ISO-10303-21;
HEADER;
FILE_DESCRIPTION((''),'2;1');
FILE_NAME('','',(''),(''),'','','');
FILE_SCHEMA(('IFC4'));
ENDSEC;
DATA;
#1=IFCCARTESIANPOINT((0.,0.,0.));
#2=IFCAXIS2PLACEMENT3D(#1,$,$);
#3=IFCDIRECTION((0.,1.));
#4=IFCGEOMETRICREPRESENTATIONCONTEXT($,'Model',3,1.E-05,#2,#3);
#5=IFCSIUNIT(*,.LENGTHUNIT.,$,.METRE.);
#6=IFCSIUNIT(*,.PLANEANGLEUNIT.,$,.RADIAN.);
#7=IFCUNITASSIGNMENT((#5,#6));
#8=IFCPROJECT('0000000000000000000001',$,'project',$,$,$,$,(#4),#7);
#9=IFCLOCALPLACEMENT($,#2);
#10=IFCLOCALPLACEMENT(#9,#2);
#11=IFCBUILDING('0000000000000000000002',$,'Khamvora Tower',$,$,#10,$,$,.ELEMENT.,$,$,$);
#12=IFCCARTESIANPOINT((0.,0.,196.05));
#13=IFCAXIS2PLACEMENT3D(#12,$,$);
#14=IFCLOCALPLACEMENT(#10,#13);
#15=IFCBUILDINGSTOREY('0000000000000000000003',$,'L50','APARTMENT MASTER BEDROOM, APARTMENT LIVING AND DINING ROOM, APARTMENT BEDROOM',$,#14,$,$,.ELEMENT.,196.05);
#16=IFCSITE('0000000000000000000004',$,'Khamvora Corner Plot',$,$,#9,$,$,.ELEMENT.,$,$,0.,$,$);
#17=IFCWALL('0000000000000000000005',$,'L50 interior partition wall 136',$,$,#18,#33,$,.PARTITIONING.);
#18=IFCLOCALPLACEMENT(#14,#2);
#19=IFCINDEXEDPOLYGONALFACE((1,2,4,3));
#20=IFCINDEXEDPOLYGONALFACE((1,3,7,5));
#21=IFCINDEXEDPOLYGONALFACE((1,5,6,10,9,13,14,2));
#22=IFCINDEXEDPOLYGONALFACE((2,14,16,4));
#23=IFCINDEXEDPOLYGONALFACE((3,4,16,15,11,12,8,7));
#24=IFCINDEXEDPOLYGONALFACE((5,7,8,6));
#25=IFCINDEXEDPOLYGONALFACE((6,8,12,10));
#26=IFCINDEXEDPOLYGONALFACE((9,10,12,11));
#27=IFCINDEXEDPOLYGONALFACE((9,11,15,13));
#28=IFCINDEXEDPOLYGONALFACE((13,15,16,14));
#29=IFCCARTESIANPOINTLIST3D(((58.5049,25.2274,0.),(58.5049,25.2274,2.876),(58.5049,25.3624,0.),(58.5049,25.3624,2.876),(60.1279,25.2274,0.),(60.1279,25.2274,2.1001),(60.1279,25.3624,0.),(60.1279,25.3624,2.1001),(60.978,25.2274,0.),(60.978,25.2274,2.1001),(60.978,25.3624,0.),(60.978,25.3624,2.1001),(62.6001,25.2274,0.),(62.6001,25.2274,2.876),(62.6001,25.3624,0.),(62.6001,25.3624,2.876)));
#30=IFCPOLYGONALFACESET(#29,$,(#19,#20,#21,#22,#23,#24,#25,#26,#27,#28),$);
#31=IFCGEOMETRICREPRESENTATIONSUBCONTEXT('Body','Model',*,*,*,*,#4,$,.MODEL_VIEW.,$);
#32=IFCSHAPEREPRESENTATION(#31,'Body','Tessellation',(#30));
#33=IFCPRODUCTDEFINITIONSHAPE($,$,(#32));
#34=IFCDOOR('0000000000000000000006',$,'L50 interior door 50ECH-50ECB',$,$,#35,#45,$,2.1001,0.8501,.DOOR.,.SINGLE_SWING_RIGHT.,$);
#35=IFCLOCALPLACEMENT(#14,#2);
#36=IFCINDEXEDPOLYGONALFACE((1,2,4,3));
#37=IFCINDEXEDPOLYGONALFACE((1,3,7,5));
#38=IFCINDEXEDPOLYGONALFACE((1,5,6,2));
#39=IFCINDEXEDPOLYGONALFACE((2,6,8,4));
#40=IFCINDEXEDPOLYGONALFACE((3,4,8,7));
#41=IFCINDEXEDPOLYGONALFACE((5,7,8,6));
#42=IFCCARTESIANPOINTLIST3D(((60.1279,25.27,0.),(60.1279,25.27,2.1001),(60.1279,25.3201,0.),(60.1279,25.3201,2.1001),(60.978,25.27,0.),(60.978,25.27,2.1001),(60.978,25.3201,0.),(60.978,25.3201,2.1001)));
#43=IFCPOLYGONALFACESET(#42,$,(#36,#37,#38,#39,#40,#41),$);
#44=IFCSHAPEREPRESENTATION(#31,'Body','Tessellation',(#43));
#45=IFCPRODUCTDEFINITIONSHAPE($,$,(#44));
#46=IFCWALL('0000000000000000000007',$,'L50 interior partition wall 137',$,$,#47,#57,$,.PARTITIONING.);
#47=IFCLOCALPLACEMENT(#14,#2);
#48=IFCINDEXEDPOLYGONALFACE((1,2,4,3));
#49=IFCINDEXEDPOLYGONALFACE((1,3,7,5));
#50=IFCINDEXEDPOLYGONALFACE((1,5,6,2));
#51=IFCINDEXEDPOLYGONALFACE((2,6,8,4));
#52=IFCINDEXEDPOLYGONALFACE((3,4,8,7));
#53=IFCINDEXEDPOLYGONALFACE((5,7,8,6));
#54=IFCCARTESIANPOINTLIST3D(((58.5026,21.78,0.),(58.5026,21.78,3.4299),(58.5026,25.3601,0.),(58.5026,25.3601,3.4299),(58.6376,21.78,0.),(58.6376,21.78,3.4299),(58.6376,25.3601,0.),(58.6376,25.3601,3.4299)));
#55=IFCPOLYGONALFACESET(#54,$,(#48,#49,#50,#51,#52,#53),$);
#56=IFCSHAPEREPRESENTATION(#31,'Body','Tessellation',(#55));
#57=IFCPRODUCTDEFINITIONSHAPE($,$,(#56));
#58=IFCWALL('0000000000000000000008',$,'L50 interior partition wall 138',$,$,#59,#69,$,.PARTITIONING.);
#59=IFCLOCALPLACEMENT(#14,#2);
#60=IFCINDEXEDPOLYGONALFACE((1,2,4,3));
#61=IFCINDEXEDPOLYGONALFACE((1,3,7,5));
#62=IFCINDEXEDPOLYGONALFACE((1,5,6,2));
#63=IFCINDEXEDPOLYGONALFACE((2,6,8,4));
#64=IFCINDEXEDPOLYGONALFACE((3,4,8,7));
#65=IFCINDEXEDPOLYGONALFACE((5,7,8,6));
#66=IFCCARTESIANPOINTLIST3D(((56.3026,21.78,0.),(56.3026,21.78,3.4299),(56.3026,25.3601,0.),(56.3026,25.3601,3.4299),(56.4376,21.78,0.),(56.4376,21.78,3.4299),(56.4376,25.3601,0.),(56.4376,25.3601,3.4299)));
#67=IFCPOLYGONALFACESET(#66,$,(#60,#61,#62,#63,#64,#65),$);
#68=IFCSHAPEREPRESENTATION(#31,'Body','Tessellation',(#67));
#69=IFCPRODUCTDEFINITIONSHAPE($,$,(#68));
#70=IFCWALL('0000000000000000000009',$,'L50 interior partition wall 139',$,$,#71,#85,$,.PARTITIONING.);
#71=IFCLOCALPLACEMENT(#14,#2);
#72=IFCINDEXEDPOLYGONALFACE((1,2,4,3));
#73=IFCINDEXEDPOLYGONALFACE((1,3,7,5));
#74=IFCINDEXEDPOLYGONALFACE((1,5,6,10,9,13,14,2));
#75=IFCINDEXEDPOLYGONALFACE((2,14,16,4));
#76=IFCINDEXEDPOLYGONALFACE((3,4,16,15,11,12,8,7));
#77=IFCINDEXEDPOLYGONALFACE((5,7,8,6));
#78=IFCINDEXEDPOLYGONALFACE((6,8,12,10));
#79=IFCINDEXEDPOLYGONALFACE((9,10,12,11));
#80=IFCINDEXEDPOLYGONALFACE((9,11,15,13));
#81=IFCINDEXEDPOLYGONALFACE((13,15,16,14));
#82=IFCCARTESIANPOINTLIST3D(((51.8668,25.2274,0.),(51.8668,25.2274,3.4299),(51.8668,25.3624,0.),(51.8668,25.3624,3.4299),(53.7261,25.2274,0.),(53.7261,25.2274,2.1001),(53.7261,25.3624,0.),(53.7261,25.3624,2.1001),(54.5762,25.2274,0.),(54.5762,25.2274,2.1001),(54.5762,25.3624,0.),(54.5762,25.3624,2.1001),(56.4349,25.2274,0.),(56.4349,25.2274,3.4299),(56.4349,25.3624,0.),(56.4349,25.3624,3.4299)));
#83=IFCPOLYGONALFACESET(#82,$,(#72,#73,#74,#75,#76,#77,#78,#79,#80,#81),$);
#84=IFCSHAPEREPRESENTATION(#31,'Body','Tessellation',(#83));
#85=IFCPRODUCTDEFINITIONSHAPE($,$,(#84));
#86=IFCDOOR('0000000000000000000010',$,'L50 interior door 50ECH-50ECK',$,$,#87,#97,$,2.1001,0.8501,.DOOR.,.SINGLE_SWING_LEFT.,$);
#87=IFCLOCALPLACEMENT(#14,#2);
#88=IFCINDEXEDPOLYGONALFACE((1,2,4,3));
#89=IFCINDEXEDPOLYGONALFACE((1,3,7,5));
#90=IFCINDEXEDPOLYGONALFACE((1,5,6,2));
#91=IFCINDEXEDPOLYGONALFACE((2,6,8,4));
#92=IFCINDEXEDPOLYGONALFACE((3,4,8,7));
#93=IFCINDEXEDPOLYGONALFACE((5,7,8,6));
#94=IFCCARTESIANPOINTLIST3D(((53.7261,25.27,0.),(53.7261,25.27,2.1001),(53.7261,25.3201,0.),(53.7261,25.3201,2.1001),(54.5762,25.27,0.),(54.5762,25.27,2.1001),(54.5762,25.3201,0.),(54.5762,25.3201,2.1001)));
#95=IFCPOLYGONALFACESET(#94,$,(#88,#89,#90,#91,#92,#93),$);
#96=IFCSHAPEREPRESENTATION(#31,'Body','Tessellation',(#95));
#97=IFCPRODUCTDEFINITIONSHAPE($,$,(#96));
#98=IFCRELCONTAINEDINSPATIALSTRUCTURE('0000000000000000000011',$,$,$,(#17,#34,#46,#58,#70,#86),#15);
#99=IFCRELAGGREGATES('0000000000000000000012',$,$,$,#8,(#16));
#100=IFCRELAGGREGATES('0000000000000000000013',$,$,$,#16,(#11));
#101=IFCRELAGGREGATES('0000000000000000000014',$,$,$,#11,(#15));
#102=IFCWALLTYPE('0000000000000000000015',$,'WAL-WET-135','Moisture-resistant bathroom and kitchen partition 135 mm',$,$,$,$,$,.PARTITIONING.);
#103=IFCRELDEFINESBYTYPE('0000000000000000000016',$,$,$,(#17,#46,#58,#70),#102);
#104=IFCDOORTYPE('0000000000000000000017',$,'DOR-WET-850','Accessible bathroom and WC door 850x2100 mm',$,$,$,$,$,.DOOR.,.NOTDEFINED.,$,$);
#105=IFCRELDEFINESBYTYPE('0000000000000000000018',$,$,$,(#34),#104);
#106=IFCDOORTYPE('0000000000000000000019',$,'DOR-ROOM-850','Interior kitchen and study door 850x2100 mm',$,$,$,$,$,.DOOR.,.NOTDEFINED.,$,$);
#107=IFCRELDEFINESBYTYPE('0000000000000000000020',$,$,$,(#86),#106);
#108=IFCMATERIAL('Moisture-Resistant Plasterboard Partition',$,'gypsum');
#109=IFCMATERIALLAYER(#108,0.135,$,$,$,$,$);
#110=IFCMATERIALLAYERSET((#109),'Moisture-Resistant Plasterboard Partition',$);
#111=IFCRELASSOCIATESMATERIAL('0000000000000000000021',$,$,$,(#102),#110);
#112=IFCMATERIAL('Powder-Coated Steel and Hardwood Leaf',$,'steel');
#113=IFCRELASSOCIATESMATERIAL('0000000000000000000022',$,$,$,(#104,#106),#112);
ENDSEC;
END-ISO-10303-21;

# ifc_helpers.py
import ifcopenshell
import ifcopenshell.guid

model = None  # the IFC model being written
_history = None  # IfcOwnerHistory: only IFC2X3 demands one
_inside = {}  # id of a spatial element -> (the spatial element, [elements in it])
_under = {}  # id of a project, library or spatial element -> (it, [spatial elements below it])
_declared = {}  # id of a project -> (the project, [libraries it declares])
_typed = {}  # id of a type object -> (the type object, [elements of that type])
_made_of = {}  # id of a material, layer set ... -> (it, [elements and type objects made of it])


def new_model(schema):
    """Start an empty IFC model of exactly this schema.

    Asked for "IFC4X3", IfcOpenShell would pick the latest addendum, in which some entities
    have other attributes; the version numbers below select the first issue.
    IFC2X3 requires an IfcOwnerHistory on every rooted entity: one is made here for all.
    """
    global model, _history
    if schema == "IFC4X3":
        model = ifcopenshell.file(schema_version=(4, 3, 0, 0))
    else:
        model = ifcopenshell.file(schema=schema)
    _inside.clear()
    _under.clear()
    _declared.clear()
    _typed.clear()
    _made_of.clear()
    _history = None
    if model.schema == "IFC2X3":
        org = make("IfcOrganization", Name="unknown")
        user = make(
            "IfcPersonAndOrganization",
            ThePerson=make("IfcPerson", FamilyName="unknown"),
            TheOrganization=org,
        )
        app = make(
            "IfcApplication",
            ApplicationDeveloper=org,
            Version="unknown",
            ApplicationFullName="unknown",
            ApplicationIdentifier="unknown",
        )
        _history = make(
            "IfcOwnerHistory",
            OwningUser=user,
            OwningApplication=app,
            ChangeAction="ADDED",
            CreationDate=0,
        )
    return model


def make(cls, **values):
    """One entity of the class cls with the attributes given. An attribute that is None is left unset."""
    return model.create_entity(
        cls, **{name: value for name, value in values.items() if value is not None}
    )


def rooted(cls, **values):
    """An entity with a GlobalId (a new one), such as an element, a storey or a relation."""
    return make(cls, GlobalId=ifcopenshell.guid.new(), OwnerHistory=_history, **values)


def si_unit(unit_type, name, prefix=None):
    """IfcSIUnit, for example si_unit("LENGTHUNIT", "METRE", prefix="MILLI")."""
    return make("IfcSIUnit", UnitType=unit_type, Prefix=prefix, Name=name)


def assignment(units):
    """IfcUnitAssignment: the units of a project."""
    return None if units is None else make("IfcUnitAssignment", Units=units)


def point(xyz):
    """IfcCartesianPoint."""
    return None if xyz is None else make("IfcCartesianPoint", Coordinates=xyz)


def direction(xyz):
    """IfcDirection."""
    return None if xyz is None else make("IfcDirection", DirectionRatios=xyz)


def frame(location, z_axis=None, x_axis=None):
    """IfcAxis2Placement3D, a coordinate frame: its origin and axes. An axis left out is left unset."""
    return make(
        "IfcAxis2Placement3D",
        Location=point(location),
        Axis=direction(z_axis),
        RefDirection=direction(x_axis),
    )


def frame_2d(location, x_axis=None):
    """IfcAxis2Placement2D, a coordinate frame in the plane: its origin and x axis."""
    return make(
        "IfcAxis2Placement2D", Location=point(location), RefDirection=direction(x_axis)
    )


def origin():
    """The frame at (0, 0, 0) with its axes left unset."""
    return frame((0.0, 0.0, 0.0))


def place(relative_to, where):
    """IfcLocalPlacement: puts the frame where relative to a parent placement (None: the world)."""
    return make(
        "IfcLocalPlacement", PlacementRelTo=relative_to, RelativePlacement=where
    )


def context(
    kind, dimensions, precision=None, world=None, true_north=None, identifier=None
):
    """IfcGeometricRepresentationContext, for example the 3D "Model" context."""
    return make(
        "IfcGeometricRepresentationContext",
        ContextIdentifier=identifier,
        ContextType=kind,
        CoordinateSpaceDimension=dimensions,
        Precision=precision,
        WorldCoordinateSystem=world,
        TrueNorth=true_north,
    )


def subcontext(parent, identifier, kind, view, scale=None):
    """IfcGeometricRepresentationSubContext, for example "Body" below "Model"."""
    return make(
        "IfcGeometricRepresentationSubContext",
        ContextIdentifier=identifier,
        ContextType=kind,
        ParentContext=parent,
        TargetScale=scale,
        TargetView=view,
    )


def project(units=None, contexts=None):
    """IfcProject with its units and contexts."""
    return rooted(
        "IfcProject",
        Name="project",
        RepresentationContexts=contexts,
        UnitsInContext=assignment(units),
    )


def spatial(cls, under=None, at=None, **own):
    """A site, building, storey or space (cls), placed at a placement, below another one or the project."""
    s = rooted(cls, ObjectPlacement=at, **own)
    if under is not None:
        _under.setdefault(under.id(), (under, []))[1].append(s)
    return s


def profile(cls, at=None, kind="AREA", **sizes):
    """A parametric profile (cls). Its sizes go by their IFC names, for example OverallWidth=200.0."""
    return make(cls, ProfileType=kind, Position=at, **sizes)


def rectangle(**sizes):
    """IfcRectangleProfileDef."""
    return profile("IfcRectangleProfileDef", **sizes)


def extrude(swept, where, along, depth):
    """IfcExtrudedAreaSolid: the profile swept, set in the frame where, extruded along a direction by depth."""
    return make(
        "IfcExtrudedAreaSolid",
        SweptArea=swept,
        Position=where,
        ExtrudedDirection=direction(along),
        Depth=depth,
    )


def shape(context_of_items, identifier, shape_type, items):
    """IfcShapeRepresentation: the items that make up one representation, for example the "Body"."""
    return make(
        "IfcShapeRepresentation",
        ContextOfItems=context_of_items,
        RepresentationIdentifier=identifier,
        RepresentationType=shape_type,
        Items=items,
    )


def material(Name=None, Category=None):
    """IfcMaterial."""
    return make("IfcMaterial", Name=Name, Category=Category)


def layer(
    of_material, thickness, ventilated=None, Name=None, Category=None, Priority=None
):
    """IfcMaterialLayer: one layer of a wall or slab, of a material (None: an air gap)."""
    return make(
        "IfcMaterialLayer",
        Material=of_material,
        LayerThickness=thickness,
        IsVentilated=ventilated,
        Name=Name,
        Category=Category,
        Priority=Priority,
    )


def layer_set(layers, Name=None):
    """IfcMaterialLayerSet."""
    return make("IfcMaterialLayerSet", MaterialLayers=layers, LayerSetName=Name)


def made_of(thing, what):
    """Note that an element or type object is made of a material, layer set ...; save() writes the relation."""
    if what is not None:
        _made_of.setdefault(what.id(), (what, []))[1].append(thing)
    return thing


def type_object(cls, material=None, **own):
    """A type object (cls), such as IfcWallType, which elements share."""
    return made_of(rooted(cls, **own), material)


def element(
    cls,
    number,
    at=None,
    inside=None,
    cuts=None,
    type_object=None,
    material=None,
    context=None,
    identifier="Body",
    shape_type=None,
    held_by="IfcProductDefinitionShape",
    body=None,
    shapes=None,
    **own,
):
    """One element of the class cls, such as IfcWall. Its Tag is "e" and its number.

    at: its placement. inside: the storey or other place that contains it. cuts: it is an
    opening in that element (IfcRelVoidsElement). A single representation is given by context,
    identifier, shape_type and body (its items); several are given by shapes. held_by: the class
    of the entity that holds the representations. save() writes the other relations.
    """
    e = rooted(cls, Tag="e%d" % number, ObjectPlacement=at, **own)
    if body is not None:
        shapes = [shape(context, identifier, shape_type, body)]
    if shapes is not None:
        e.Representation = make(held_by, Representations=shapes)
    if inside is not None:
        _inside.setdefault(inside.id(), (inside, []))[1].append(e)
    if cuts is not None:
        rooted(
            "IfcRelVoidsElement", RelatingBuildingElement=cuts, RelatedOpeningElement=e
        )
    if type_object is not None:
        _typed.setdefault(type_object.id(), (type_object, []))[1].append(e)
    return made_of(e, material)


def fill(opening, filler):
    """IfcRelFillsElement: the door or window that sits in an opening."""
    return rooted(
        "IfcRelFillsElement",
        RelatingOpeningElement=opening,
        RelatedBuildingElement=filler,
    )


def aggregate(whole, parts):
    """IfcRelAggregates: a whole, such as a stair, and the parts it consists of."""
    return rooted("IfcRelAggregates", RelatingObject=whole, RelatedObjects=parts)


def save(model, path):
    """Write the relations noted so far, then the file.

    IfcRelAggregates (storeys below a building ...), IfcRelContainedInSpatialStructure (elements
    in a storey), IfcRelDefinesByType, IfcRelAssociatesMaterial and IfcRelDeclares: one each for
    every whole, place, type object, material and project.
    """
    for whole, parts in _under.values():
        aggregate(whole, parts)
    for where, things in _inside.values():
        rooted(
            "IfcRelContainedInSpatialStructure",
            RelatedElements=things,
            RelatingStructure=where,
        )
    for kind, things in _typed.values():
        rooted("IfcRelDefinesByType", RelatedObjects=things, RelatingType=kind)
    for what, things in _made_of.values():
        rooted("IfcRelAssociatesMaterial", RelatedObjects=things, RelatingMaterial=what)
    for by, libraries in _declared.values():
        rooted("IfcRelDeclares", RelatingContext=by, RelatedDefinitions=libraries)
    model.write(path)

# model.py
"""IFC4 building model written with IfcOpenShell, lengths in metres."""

from ifc_helpers import new_model, si_unit, direction, frame, frame_2d, origin, place, context, subcontext, project, spatial, rectangle, extrude, material, layer, layer_set, type_object, element, fill, save


model = new_model("IFC4")

# Units and contexts
model_context = context("Model", 3, precision=1e-05, world=origin(), true_north=direction((0.0, 1.0)))
body_context = subcontext(model_context, "Body", "Model", "MODEL_VIEW")
ifc_project = project(units=[si_unit("LENGTHUNIT", "METRE"), si_unit("PLANEANGLEUNIT", "RADIAN")], contexts=[model_context])

# Site, building, storey
site_placement = place(None, origin())
site = spatial("IfcSite", under=ifc_project, at=site_placement, Name="Khamvora Corner Plot", CompositionType="ELEMENT", RefElevation=0.0)
building_placement = place(site_placement, origin())
building = spatial("IfcBuilding", under=site, at=building_placement, Name="Khamvora Tower", CompositionType="ELEMENT")
storey_placement = place(building_placement, frame((0.0, 0.0, 196.05)))
storey = spatial("IfcBuildingStorey", under=building, at=storey_placement, Name="L50", Description="APARTMENT MASTER BEDROOM, APARTMENT LIVING AND DINING ROOM, APARTMENT BEDROOM", CompositionType="ELEMENT", Elevation=196.05)

# Shared definitions
ifc_material_1 = material(Name="Powder-Coated Steel and Hardwood Leaf", Category="steel")

# Wall, opening, door
ifc_material_2 = material(Name="Moisture-Resistant Plasterboard Partition", Category="gypsum")
ifc_layer_1 = layer(ifc_material_2, 0.135)
ifc_layer_set_1 = layer_set([ifc_layer_1], Name="Moisture-Resistant Plasterboard Partition")
wall_type_1 = type_object("IfcWallType", Name="WAL-WET-135", Description="Moisture-resistant bathroom and kitchen partition 135 mm", PredefinedType="PARTITIONING", material=ifc_layer_set_1)
wall_1_placement = place(storey_placement, frame((62.6001, 25.2949, 0.0), z_axis=(0.0, 0.0, 1.0), x_axis=(-1.0, 0.0, 0.0)))
wall_1 = element("IfcWall", 1, at=wall_1_placement, inside=storey, type_object=wall_type_1, Name="L50 interior partition wall 136", PredefinedType="PARTITIONING", context=body_context, shape_type="SweptSolid", body=[
    extrude(rectangle(XDim=4.0952, YDim=0.135, at=frame_2d((2.0476, 0.0))), origin(), (0.0, 0.0, 1.0), 2.876),
])
opening_1_placement = place(wall_1_placement, frame((1.6221, 0.0, 0.0)))
opening_1 = element("IfcOpeningElement", 2, at=opening_1_placement, cuts=wall_1, PredefinedType="OPENING", context=body_context, shape_type="SweptSolid", body=[
    extrude(rectangle(XDim=0.8501, YDim=2.1001, at=frame_2d((0.425, 1.05))), frame((0.0, 0.0774, 0.0), z_axis=(0.0, -1.0, 0.0), x_axis=(1.0, 0.0, 0.0)), (0.0, 0.0, 1.0), 0.155),
])
door_type_1 = type_object("IfcDoorType", Name="DOR-WET-850", Description="Accessible bathroom and WC door 850x2100 mm", OperationType="NOTDEFINED", PredefinedType="DOOR", material=ifc_material_1)
door_1_placement = place(opening_1_placement, origin())
door_1 = element("IfcDoor", 3, at=door_1_placement, inside=storey, type_object=door_type_1, Name="L50 interior door 50ECH-50ECB", OperationType="SINGLE_SWING_RIGHT", OverallHeight=2.1001, OverallWidth=0.8501, PredefinedType="DOOR", context=body_context, shape_type="SweptSolid", body=[
    extrude(rectangle(XDim=0.8501, YDim=2.1001, at=frame_2d((0.425, 1.05))), frame((0.0, 0.0249, 0.0), z_axis=(0.0, -1.0, 0.0), x_axis=(1.0, 0.0, 0.0)), (0.0, 0.0, 1.0), 0.05),
])
fill(opening_1, door_1)

# Walls
for number, where, z_axis, x_axis, name in (
    (4, (58.5701, 25.3601, 0.0), (0.0, 0.0, 1.0), (0.0, -1.0, 0.0), "L50 interior partition wall 137"),
    (5, (56.3701, 21.78, 0.0), (0.0, 0.0, 1.0), (0.0, 1.0, 0.0), "L50 interior partition wall 138"),
):
    element("IfcWall", number, at=place(storey_placement, frame(where, z_axis=z_axis, x_axis=x_axis)), inside=storey, type_object=wall_type_1, Name=name, PredefinedType="PARTITIONING", context=body_context, shape_type="SweptSolid", body=[
        extrude(rectangle(XDim=3.5801, YDim=0.135, at=frame_2d((1.79, 0.0))), origin(), (0.0, 0.0, 1.0), 3.4299),
    ])

# Wall, opening, door
wall_2_placement = place(storey_placement, frame((56.4351, 25.2949, 0.0), z_axis=(0.0, 0.0, 1.0), x_axis=(-1.0, 0.0, 0.0)))
wall_2 = element("IfcWall", 6, at=wall_2_placement, inside=storey, type_object=wall_type_1, Name="L50 interior partition wall 139", PredefinedType="PARTITIONING", context=body_context, shape_type="SweptSolid", body=[
    extrude(rectangle(XDim=4.5681, YDim=0.135, at=frame_2d((2.2842, 0.0))), origin(), (0.0, 0.0, 1.0), 3.4299),
])
opening_2_placement = place(wall_2_placement, frame((1.8589, 0.0, 0.0)))
opening_2 = element("IfcOpeningElement", 7, at=opening_2_placement, cuts=wall_2, PredefinedType="OPENING", context=body_context, shape_type="SweptSolid", body=[
    extrude(rectangle(XDim=0.8501, YDim=2.1001, at=frame_2d((0.425, 1.05))), frame((0.0, 0.0774, 0.0), z_axis=(0.0, -1.0, 0.0), x_axis=(1.0, 0.0, 0.0)), (0.0, 0.0, 1.0), 0.155),
])
door_type_2 = type_object("IfcDoorType", Name="DOR-ROOM-850", Description="Interior kitchen and study door 850x2100 mm", OperationType="NOTDEFINED", PredefinedType="DOOR", material=ifc_material_1)
door_2_placement = place(opening_2_placement, origin())
door_2 = element("IfcDoor", 8, at=door_2_placement, inside=storey, type_object=door_type_2, Name="L50 interior door 50ECH-50ECK", OperationType="SINGLE_SWING_LEFT", OverallHeight=2.1001, OverallWidth=0.8501, PredefinedType="DOOR", context=body_context, shape_type="SweptSolid", body=[
    extrude(rectangle(XDim=0.8501, YDim=2.1001, at=frame_2d((0.425, 1.05))), frame((0.0, 0.0249, 0.0), z_axis=(0.0, -1.0, 0.0), x_axis=(1.0, 0.0, 0.0)), (0.0, 0.0, 1.0), 0.05),
])
fill(opening_2, door_2)

save(model, "model.ifc")
